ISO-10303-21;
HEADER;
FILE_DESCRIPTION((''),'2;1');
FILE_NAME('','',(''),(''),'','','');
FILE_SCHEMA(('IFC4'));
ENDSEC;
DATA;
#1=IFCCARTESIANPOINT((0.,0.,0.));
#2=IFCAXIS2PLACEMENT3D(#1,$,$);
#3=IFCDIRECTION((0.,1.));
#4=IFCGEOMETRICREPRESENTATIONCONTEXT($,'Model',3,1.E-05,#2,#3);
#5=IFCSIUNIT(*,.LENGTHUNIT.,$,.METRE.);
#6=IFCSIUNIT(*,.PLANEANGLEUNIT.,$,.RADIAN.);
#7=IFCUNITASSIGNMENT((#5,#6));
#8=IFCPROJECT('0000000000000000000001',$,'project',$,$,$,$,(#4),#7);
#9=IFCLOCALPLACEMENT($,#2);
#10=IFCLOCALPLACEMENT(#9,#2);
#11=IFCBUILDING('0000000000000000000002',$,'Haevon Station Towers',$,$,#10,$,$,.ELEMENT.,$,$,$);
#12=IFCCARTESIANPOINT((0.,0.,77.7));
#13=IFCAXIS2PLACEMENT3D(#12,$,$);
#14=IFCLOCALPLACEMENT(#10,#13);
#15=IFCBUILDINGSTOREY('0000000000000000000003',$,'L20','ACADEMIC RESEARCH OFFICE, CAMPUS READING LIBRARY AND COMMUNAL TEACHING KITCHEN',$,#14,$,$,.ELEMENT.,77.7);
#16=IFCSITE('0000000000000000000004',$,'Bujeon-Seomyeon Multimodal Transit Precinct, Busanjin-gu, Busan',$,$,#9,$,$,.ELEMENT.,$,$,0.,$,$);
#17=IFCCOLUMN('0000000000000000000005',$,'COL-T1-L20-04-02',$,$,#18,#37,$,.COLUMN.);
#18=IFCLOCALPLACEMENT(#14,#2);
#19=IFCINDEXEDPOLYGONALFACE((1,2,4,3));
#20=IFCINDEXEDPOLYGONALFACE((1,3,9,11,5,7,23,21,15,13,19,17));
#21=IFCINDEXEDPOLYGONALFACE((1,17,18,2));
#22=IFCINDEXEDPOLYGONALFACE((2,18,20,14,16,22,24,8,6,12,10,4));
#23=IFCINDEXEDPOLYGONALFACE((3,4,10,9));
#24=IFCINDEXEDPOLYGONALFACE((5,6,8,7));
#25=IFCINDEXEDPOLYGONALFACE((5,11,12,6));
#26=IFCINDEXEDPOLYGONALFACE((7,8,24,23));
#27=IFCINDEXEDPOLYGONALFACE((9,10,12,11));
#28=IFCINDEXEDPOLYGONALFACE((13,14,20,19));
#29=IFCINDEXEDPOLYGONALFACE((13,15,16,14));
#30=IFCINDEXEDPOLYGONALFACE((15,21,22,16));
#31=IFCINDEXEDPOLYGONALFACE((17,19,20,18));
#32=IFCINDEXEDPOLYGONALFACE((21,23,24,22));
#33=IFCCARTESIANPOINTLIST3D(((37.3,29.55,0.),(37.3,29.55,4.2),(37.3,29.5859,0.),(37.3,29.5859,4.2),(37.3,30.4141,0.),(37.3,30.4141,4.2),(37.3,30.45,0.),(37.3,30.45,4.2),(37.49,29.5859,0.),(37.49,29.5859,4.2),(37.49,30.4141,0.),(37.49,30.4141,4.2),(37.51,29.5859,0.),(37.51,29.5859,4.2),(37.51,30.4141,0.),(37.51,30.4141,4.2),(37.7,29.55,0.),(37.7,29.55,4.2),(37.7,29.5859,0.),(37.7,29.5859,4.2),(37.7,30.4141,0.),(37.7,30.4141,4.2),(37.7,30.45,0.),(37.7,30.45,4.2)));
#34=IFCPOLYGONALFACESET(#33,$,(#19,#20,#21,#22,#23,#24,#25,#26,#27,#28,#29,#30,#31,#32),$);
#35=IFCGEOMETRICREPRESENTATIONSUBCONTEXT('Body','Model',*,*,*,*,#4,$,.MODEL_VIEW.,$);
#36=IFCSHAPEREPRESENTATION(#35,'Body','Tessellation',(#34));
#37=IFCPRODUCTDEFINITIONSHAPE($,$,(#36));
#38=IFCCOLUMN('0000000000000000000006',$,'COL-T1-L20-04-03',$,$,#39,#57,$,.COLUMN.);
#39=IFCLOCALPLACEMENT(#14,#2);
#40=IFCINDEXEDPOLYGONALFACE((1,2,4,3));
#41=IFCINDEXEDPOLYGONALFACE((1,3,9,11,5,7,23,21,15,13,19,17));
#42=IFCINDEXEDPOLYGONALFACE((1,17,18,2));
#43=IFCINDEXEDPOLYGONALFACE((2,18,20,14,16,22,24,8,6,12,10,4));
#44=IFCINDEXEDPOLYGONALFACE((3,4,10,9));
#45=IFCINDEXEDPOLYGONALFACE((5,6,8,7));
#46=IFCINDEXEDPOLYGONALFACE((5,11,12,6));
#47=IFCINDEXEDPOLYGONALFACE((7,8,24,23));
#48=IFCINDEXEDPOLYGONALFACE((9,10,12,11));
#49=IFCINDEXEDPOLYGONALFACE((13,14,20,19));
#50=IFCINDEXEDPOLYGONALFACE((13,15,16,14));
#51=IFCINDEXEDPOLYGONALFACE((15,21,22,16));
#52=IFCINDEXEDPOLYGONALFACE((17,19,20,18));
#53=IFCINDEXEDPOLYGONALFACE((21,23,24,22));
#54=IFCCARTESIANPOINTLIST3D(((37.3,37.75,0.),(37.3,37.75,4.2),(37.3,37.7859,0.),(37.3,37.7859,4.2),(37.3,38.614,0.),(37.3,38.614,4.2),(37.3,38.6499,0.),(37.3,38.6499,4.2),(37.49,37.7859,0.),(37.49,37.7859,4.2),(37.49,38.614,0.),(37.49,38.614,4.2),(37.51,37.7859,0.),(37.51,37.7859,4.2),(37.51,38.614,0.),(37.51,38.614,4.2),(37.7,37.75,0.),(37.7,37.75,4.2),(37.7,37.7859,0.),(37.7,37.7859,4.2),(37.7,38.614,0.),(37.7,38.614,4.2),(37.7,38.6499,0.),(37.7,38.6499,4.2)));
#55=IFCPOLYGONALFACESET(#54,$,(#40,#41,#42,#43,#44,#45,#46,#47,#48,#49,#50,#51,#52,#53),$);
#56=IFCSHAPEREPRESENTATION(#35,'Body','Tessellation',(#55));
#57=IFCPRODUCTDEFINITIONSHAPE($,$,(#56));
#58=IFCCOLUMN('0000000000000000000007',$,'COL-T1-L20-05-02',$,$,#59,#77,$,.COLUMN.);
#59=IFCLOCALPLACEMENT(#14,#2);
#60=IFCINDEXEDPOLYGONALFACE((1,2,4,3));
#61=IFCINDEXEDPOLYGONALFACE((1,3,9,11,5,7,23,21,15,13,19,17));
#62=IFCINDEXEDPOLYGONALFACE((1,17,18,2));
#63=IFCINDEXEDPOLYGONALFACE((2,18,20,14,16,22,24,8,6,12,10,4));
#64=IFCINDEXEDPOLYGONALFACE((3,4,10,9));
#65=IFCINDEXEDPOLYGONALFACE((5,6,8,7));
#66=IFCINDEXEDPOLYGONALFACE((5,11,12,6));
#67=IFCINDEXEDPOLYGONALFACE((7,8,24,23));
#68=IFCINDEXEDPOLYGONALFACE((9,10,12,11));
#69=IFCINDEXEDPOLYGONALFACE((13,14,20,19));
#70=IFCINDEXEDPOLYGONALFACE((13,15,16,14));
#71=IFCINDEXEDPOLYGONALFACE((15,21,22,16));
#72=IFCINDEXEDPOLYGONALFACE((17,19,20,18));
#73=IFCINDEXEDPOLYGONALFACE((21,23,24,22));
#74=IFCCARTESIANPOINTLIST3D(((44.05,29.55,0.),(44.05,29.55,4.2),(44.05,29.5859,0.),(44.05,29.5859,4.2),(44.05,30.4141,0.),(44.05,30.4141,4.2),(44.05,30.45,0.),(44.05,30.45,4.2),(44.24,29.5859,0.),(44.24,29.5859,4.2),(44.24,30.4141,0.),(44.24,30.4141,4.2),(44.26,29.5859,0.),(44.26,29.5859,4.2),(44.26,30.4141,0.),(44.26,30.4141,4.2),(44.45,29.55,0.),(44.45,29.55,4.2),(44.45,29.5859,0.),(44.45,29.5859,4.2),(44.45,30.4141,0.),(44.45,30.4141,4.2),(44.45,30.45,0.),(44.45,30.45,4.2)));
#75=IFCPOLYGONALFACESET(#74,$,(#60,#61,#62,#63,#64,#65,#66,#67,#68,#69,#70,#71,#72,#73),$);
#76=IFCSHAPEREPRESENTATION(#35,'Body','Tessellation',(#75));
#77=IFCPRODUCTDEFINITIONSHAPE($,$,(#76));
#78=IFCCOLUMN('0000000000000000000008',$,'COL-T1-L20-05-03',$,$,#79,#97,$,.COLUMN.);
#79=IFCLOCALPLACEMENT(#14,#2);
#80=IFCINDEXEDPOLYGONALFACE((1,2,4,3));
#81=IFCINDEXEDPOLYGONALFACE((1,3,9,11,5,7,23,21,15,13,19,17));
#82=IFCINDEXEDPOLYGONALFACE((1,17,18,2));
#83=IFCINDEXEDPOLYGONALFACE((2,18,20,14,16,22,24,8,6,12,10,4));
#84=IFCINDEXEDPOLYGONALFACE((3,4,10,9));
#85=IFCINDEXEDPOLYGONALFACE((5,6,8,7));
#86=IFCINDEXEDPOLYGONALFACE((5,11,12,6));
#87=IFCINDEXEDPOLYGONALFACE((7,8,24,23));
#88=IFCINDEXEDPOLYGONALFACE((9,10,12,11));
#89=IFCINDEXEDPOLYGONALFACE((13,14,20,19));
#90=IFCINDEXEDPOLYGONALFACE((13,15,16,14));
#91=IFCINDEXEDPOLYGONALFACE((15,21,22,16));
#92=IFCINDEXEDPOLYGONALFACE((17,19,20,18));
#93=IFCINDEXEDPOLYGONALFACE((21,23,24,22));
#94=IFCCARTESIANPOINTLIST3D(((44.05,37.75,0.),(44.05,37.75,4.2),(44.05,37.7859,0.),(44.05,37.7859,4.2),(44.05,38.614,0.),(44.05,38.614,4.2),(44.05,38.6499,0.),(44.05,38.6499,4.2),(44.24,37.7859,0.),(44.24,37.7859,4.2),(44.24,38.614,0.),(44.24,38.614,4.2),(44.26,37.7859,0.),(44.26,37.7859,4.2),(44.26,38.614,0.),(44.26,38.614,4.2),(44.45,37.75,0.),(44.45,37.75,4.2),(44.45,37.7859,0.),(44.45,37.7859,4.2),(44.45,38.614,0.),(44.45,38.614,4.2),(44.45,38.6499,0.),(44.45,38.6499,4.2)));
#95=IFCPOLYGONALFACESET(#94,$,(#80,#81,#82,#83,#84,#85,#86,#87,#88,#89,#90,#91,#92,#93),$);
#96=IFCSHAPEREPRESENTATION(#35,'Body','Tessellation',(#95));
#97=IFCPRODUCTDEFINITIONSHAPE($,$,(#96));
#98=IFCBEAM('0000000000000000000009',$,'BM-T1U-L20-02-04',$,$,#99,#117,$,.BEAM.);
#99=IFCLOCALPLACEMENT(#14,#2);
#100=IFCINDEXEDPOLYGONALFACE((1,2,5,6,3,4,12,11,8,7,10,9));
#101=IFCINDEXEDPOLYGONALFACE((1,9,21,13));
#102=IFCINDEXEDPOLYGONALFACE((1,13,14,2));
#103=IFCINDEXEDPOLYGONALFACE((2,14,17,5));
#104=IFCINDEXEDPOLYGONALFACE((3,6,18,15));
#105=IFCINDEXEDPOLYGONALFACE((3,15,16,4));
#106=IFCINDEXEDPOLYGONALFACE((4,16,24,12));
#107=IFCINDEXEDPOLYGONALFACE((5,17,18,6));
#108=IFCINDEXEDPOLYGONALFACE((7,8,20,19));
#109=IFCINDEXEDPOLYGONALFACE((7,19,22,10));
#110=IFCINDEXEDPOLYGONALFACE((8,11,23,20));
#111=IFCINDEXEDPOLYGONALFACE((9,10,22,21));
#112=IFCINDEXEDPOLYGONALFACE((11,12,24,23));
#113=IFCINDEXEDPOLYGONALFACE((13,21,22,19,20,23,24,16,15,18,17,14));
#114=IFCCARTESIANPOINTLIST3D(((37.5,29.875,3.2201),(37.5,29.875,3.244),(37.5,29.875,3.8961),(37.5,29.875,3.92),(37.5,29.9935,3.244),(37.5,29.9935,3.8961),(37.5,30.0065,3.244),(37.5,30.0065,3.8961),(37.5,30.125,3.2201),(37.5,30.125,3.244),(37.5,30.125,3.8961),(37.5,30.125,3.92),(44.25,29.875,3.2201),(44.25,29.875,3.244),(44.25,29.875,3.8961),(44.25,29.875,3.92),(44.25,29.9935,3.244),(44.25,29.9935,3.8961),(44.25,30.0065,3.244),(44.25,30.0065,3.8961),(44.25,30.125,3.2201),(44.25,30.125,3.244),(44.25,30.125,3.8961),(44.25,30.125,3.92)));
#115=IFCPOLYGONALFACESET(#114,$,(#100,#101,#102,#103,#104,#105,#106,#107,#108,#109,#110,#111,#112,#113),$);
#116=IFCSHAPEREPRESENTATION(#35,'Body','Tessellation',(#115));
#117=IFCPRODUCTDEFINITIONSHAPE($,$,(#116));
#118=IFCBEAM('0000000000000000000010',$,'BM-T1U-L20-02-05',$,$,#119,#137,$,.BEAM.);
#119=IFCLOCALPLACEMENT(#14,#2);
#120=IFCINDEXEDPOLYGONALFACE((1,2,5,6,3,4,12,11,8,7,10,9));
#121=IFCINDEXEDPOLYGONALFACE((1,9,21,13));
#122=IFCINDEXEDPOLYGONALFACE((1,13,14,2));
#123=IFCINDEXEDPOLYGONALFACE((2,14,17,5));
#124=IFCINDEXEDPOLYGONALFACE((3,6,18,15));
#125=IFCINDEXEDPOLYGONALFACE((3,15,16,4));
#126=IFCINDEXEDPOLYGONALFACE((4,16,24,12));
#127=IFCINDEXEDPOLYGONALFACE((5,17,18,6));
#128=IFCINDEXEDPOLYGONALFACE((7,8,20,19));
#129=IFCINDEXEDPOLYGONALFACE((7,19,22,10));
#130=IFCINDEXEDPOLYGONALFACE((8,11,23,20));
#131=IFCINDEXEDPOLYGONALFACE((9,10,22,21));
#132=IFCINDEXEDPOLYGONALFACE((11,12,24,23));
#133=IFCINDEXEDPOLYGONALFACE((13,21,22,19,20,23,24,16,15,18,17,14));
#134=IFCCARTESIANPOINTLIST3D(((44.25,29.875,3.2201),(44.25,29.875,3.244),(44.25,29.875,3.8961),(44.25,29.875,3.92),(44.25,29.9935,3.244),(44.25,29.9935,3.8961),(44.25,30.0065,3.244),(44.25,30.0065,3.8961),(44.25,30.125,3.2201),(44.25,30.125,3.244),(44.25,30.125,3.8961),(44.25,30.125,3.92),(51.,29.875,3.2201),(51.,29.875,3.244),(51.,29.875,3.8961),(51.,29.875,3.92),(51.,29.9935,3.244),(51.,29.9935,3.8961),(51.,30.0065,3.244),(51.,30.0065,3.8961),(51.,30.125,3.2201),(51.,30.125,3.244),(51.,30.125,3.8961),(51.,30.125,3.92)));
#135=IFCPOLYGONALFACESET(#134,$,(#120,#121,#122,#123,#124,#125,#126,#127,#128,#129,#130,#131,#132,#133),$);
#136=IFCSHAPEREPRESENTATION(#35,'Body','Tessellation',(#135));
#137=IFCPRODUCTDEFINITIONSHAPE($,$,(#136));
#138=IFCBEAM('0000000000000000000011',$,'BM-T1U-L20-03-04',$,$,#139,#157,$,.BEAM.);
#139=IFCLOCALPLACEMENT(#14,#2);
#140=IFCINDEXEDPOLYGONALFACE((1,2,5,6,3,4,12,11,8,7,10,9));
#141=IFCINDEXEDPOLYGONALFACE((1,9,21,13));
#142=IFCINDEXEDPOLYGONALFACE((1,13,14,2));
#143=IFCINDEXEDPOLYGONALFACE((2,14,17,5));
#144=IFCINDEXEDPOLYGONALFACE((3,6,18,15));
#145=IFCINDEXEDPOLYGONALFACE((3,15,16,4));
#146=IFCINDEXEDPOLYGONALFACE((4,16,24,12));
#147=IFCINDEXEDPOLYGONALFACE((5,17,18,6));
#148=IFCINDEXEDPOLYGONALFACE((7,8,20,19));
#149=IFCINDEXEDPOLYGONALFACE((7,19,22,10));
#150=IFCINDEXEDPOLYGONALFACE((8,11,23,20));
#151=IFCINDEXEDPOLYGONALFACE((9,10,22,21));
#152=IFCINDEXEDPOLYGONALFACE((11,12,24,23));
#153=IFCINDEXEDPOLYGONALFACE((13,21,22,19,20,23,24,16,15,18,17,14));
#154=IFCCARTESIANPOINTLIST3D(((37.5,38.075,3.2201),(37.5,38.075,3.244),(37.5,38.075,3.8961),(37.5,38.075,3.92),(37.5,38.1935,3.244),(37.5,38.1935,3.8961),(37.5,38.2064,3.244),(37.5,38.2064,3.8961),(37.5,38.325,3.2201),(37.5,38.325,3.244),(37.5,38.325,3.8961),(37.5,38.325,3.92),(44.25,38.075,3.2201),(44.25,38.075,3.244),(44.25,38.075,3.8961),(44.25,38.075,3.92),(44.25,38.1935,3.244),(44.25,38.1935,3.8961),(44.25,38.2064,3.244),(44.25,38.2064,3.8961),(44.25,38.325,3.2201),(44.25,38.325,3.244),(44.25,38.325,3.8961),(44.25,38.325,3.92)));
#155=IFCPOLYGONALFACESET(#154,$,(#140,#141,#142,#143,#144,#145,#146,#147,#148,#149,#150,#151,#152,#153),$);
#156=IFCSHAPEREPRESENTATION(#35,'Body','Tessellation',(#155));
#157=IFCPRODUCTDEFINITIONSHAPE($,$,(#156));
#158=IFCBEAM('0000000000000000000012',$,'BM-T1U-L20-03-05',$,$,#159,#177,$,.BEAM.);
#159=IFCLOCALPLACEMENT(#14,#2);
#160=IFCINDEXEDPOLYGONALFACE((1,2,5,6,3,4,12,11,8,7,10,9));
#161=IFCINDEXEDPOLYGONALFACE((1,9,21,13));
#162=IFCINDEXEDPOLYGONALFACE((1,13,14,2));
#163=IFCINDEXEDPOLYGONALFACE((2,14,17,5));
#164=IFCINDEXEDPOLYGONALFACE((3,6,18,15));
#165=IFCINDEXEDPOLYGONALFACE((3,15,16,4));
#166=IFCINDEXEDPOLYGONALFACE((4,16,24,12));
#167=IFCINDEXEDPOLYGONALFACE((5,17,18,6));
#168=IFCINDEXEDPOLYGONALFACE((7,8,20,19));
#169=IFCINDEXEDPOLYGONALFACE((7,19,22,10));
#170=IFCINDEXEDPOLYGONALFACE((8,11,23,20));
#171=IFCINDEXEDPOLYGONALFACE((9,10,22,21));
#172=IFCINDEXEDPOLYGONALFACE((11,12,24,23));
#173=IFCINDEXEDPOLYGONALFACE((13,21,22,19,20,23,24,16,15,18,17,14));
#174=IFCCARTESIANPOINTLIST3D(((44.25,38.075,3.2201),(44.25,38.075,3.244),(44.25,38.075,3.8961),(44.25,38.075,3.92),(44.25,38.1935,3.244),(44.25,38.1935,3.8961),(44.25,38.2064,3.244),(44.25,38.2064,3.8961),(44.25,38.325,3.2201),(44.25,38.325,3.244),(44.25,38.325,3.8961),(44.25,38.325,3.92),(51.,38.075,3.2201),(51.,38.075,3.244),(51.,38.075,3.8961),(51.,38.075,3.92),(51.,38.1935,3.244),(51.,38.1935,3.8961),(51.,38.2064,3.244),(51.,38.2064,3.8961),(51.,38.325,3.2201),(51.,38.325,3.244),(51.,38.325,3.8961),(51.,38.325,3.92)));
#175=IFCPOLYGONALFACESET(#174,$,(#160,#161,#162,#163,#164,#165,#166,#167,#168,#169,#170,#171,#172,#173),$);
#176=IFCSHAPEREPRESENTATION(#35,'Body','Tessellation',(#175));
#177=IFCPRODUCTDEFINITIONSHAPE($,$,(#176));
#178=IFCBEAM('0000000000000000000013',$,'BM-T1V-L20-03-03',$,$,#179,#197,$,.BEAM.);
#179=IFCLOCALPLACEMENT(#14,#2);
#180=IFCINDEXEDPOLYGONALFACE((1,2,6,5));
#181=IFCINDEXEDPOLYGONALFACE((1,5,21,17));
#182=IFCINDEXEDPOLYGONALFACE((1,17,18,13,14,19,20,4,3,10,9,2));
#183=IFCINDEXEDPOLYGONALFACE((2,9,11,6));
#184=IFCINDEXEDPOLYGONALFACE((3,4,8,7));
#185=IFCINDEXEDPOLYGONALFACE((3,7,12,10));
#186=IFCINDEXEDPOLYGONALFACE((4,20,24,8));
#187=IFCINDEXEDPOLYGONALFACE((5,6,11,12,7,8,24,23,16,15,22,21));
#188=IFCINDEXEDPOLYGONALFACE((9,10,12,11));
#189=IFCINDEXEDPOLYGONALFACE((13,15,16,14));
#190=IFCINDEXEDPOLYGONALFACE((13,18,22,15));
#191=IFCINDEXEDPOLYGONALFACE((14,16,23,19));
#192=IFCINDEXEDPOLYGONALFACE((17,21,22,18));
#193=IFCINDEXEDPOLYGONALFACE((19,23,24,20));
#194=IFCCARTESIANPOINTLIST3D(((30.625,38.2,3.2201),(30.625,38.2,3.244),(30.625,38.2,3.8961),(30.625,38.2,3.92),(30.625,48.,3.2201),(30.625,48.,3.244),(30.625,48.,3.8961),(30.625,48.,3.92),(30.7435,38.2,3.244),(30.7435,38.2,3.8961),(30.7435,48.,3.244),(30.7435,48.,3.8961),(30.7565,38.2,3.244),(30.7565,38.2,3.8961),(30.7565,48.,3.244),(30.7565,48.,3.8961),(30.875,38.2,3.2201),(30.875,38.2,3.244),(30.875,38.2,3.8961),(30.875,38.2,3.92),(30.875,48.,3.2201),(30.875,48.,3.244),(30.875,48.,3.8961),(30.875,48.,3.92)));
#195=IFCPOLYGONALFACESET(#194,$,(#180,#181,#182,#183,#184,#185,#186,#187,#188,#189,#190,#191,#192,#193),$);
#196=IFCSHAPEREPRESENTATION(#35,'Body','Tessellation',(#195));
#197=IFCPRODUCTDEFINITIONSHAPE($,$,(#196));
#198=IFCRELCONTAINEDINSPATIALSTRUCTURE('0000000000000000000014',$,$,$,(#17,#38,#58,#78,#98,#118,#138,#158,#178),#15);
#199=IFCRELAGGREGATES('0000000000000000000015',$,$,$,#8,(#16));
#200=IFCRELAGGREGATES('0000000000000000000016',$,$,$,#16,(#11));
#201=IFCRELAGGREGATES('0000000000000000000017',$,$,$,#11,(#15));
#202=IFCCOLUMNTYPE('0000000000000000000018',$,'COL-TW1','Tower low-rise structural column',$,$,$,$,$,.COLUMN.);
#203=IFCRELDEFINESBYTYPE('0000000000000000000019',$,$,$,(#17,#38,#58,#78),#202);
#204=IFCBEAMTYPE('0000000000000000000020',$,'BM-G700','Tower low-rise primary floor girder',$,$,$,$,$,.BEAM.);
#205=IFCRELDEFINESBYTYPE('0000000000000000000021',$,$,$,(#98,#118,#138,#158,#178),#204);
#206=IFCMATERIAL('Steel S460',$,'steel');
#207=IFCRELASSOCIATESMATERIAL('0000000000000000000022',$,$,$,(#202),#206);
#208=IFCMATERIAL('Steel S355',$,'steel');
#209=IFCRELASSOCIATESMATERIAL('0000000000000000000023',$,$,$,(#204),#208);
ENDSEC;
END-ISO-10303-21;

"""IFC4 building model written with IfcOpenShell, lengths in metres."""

from ifc_helpers import new_model, si_unit, direction, frame, origin, origin_2d, place, context, subcontext, project, spatial, i_section, extrude, material, material_profile, profile_set, type_object, element, save


model = new_model("IFC4")

# Units and contexts
model_context = context("Model", 3, precision=1e-05, world=origin(), true_north=direction((0.0, 1.0)))
body_context = subcontext(model_context, "Body", "Model", "MODEL_VIEW")
ifc_project = project(units=[si_unit("LENGTHUNIT", "METRE"), si_unit("PLANEANGLEUNIT", "RADIAN")], contexts=[model_context])

# Site, building, storey
site_placement = place(None, origin())
site = spatial("IfcSite", under=ifc_project, at=site_placement, Name="Bujeon-Seomyeon Multimodal Transit Precinct, Busanjin-gu, Busan", CompositionType="ELEMENT", RefElevation=0.0)
building_placement = place(site_placement, origin())
building = spatial("IfcBuilding", under=site, at=building_placement, Name="Haevon Station Towers", CompositionType="ELEMENT")
storey_placement = place(building_placement, frame((0.0, 0.0, 77.7)))
storey = spatial("IfcBuildingStorey", under=building, at=storey_placement, Name="L20", Description="ACADEMIC RESEARCH OFFICE, CAMPUS READING LIBRARY AND COMMUNAL TEACHING KITCHEN", CompositionType="ELEMENT", Elevation=77.7)

# Columns
ifc_material_1 = material(Name="Steel S460", Category="steel")
ifc_material_profile_1 = material_profile(ifc_material_1, i_section(OverallWidth=0.3999, OverallDepth=0.8999, WebThickness=0.02, FlangeThickness=0.0359, at=origin_2d()), Name="H-900x400x20x36")
ifc_profile_set_1 = profile_set([ifc_material_profile_1], Name="Steel S460")
column_type = type_object("IfcColumnType", Name="COL-TW1", Description="Tower low-rise structural column", PredefinedType="COLUMN", material=ifc_profile_set_1)
for number, where, z_axis, x_axis, name in (
    (1, (37.5, 30.0, 0.0), (0.0, 0.0, 1.0), (1.0, 0.0, 0.0), "COL-T1-L20-04-02"),
    (2, (37.5, 38.2, 0.0), (0.0, 0.0, 1.0), (1.0, 0.0, 0.0), "COL-T1-L20-04-03"),
    (3, (44.25, 30.0, 0.0), (0.0, 0.0, 1.0), (1.0, 0.0, 0.0), "COL-T1-L20-05-02"),
    (4, (44.25, 38.2, 0.0), (0.0, 0.0, 1.0), (1.0, 0.0, 0.0), "COL-T1-L20-05-03"),
):
    element("IfcColumn", number, at=place(storey_placement, frame(where, z_axis=z_axis, x_axis=x_axis)), inside=storey, type_object=column_type, Name=name, PredefinedType="COLUMN", context=body_context, shape_type="SweptSolid", body=[
        extrude(i_section(OverallWidth=0.3999, OverallDepth=0.8999, WebThickness=0.02, FlangeThickness=0.0359, at=origin_2d()), origin(), (0.0, 0.0, 1.0), 4.2),
    ])

# Beams
ifc_material_2 = material(Name="Steel S355", Category="steel")
ifc_material_profile_2 = material_profile(ifc_material_2, i_section(OverallWidth=0.25, OverallDepth=0.7, WebThickness=0.0129, FlangeThickness=0.0239, at=origin_2d()), Name="H-700x250x13x24")
ifc_profile_set_2 = profile_set([ifc_material_profile_2], Name="Steel S355")
beam_type_1 = type_object("IfcBeamType", Name="BM-G700", Description="Tower low-rise primary floor girder", PredefinedType="BEAM", material=ifc_profile_set_2)
for number, where, z_axis, x_axis, name in (
    (5, (37.5, 30.0, 3.5701), (1.0, 0.0, 0.0), (0.0, 1.0, 0.0), "BM-T1U-L20-02-04"),
    (6, (44.25, 30.0, 3.5701), (1.0, 0.0, 0.0), (0.0, 1.0, 0.0), "BM-T1U-L20-02-05"),
    (7, (37.5, 38.2, 3.5701), (1.0, 0.0, 0.0), (0.0, 1.0, 0.0), "BM-T1U-L20-03-04"),
    (8, (44.25, 38.2, 3.5701), (1.0, 0.0, 0.0), (0.0, 1.0, 0.0), "BM-T1U-L20-03-05"),
):
    element("IfcBeam", number, at=place(storey_placement, frame(where, z_axis=z_axis, x_axis=x_axis)), inside=storey, type_object=beam_type_1, Name=name, PredefinedType="BEAM", context=body_context, shape_type="SweptSolid", body=[
        extrude(i_section(OverallWidth=0.25, OverallDepth=0.7, WebThickness=0.0129, FlangeThickness=0.0239, at=origin_2d()), origin(), (0.0, 0.0, 1.0), 6.75),
    ])
beam_placement = place(storey_placement, frame((30.75, 38.2, 3.5701), z_axis=(0.0, 1.0, 0.0), x_axis=(-1.0, 0.0, 0.0)))
element("IfcBeam", 9, at=beam_placement, inside=storey, type_object=beam_type_1, Name="BM-T1V-L20-03-03", PredefinedType="BEAM", context=body_context, shape_type="SweptSolid", body=[
    extrude(i_section(OverallWidth=0.25, OverallDepth=0.7, WebThickness=0.0129, FlangeThickness=0.0239, at=origin_2d()), origin(), (0.0, 0.0, 1.0), 9.8),
])

save(model, "model.ifc")
